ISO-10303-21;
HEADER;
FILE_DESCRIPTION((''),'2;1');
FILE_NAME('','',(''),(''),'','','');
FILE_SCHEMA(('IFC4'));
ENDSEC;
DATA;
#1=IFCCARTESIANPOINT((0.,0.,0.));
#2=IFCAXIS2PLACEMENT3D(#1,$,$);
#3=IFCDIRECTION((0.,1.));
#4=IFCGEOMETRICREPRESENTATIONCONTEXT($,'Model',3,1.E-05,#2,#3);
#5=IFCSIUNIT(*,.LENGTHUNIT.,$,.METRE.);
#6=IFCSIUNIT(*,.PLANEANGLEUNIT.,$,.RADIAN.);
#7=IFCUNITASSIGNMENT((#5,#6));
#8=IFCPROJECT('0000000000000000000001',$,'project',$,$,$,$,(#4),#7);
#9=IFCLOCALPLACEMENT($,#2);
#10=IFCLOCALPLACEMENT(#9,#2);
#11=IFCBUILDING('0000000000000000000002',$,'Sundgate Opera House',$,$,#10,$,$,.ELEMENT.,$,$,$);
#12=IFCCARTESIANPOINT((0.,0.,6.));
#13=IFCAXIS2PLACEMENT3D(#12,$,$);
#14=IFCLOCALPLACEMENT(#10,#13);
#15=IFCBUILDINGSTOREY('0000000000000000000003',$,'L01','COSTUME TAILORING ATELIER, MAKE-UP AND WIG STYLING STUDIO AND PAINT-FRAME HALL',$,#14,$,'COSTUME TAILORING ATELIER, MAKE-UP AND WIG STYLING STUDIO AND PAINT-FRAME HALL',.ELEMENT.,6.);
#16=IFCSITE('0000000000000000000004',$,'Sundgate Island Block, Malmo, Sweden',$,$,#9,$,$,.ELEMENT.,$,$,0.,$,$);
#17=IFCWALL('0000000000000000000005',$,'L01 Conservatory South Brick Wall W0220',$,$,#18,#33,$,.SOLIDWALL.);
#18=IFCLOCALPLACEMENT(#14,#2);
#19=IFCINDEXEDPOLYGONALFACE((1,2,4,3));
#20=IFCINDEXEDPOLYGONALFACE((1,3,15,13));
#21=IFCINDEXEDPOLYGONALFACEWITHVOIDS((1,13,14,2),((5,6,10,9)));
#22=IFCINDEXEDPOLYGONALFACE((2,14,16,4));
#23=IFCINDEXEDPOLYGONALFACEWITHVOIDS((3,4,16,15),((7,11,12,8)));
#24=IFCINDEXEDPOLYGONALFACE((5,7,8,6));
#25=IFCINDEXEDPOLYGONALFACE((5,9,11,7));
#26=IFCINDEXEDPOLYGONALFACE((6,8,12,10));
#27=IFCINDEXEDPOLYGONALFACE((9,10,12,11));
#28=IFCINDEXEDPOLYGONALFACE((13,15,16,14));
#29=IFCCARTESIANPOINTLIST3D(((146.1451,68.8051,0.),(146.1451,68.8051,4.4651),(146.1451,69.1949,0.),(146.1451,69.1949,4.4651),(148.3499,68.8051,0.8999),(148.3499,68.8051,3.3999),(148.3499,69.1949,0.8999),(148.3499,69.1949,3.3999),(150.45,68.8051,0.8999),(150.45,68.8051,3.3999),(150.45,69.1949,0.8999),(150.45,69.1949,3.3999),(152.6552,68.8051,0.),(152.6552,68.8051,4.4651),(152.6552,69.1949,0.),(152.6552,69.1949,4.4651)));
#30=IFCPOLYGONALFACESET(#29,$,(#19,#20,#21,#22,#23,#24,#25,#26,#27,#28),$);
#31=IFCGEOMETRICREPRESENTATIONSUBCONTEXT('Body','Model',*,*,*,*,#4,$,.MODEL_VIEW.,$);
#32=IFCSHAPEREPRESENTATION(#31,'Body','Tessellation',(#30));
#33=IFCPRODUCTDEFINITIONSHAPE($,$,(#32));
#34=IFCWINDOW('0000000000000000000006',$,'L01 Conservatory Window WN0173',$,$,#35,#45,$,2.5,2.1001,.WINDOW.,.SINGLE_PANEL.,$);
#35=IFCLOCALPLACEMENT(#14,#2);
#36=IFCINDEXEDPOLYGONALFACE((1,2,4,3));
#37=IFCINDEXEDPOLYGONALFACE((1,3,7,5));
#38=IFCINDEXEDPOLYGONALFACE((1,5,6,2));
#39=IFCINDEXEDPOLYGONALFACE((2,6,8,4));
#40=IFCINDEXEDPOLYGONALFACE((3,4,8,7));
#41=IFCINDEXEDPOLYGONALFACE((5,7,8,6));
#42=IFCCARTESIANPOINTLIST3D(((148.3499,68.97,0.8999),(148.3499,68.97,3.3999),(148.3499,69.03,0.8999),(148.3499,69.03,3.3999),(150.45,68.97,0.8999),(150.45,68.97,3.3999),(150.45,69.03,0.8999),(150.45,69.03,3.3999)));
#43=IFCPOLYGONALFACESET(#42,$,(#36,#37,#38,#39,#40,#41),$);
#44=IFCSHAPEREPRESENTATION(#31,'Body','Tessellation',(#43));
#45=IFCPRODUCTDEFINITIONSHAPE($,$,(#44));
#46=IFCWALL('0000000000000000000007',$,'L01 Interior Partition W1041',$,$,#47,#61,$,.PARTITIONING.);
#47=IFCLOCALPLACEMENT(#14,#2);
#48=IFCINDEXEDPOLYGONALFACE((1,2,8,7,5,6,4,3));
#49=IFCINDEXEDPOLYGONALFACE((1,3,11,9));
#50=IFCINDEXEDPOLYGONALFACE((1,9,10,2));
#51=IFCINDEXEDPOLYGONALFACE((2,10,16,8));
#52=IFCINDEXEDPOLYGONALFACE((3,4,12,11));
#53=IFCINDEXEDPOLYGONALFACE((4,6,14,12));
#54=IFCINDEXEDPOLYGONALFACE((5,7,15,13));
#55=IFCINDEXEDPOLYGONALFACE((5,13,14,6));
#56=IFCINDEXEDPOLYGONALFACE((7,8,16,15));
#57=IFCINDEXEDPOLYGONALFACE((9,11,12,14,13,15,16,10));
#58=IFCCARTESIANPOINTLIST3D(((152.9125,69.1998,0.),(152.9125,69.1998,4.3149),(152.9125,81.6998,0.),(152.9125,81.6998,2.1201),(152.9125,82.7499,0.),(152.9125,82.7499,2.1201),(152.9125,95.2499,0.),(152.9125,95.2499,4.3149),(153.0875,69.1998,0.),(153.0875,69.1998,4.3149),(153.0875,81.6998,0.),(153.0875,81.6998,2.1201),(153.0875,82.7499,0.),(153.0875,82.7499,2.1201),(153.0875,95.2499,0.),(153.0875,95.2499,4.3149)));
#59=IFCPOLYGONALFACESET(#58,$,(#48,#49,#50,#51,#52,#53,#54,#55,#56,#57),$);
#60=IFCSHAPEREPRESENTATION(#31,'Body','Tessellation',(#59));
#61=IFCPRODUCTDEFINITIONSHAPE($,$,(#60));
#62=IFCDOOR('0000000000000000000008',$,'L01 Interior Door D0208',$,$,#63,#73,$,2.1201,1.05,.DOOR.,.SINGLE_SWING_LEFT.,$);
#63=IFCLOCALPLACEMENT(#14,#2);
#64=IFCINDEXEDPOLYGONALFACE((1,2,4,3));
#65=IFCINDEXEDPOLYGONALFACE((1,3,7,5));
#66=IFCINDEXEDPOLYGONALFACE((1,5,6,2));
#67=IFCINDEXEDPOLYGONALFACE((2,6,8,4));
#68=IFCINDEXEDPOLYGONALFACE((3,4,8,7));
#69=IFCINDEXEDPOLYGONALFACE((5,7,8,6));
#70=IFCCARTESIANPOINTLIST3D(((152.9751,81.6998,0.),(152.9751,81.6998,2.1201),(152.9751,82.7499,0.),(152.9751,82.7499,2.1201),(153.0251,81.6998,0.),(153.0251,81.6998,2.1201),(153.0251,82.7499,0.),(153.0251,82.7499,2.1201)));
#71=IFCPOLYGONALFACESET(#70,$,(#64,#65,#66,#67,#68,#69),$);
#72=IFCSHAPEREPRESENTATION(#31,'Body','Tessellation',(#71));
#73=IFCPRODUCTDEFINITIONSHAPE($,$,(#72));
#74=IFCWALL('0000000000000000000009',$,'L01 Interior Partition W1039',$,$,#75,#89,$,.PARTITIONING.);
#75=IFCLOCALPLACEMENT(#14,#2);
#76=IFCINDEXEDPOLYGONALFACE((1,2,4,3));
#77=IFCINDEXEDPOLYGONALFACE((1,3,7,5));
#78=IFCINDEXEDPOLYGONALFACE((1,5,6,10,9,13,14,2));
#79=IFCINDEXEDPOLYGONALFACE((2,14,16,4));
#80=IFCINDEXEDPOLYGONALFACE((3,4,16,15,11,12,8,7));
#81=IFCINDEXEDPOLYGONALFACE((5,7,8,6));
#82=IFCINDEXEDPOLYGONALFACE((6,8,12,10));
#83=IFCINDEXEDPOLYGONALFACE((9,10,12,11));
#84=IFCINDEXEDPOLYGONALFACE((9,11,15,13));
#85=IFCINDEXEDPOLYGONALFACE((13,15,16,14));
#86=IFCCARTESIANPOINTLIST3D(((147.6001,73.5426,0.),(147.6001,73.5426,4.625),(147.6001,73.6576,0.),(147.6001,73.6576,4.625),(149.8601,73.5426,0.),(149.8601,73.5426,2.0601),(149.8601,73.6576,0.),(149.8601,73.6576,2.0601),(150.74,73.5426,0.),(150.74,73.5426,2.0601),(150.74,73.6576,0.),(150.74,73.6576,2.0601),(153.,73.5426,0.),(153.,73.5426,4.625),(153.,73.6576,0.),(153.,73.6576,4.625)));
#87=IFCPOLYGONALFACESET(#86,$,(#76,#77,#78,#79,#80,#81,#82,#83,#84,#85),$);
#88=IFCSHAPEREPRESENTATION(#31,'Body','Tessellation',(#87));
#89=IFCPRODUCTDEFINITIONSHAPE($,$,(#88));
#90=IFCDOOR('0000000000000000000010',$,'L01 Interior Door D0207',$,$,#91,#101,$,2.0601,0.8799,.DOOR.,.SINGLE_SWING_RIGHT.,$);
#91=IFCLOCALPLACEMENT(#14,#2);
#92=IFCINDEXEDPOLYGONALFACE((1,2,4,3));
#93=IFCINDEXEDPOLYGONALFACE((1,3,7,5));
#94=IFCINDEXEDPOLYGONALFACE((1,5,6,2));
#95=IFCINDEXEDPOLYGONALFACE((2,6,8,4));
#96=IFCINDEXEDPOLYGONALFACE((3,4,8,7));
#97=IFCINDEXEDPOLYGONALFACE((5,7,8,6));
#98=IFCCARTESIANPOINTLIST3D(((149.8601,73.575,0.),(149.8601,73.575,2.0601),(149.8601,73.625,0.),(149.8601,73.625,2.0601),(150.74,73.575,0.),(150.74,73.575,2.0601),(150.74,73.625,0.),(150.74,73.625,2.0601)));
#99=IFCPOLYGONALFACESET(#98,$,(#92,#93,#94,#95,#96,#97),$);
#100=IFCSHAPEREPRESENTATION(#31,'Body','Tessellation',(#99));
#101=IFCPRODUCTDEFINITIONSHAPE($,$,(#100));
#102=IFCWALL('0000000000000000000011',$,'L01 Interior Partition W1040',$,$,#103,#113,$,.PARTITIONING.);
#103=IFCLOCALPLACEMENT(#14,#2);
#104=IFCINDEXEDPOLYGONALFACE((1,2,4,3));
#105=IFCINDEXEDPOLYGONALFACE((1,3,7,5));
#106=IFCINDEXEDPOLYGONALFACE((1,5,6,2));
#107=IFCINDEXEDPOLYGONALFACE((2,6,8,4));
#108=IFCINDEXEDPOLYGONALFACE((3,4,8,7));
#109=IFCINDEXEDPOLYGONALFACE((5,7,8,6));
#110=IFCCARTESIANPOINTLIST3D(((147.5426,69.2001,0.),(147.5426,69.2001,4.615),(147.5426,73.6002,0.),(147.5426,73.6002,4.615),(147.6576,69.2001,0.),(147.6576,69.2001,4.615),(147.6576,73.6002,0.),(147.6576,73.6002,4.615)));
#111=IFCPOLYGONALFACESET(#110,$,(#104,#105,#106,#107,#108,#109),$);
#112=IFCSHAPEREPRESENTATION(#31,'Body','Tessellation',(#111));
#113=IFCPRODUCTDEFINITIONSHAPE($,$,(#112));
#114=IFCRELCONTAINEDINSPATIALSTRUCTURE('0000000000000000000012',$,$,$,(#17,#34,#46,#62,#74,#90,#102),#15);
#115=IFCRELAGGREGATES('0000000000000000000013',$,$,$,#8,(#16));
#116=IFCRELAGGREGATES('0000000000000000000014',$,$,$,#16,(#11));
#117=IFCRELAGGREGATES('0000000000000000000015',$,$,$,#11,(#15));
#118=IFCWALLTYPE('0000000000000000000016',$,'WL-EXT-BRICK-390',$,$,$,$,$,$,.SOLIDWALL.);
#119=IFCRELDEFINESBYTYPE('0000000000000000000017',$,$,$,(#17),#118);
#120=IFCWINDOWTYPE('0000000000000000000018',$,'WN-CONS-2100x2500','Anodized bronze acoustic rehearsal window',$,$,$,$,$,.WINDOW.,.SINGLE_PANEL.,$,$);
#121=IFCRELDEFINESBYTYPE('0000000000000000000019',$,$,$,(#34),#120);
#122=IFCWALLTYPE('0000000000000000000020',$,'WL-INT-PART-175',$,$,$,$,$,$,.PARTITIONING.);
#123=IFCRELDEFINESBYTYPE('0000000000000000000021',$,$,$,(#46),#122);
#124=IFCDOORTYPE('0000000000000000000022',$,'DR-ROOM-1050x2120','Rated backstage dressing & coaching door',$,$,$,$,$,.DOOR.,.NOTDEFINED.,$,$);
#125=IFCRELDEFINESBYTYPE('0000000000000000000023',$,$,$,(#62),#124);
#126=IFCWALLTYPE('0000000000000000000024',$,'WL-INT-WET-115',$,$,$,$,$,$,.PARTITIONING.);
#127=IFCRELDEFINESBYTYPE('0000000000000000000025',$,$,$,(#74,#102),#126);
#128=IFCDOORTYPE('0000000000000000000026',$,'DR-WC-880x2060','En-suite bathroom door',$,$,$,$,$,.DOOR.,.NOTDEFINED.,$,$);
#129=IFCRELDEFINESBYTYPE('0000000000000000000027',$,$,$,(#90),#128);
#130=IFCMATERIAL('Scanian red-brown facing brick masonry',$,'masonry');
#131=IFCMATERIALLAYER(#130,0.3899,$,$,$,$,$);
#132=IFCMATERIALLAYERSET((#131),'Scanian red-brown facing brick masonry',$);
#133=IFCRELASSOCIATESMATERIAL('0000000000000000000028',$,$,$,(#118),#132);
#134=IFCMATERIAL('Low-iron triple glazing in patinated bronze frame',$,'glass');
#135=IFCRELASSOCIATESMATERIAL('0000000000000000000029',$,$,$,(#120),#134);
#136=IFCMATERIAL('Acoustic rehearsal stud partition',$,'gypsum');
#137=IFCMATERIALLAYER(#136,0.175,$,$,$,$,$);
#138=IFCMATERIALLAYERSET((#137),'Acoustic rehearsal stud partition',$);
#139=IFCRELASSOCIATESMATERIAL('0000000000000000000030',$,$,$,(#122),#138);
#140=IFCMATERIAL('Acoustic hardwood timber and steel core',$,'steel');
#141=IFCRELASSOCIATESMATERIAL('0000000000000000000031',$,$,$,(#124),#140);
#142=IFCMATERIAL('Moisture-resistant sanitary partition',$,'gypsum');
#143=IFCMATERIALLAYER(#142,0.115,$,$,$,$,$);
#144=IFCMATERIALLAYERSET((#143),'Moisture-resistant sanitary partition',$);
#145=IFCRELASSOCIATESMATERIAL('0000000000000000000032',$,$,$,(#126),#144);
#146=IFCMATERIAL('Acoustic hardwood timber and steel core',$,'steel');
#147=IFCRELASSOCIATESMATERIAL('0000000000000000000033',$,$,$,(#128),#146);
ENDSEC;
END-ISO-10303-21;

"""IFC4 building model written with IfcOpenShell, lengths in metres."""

from ifc_helpers import new_model, si_unit, direction, frame, frame_2d, origin, place, context, subcontext, project, spatial, rectangle, extrude, material, layer, layer_set, type_object, element, fill, save


model = new_model("IFC4")

# Units and contexts
model_context = context("Model", 3, precision=1e-05, world=origin(), true_north=direction((0.0, 1.0)))
body_context = subcontext(model_context, "Body", "Model", "MODEL_VIEW")
ifc_project = project(units=[si_unit("LENGTHUNIT", "METRE"), si_unit("PLANEANGLEUNIT", "RADIAN")], contexts=[model_context])

# Site, building, storey
site_placement = place(None, origin())
site = spatial("IfcSite", under=ifc_project, at=site_placement, Name="Sundgate Island Block, Malmo, Sweden", CompositionType="ELEMENT", RefElevation=0.0)
building_placement = place(site_placement, origin())
building = spatial("IfcBuilding", under=site, at=building_placement, Name="Sundgate Opera House", CompositionType="ELEMENT")
storey_placement = place(building_placement, frame((0.0, 0.0, 6.0)))
storey = spatial("IfcBuildingStorey", under=building, at=storey_placement, Name="L01", Description="COSTUME TAILORING ATELIER, MAKE-UP AND WIG STYLING STUDIO AND PAINT-FRAME HALL", LongName="COSTUME TAILORING ATELIER, MAKE-UP AND WIG STYLING STUDIO AND PAINT-FRAME HALL", CompositionType="ELEMENT", Elevation=6.0)

# Wall, opening, window
ifc_material_1 = material(Name="Scanian red-brown facing brick masonry", Category="masonry")
ifc_layer_1 = layer(ifc_material_1, 0.3899)
ifc_layer_set_1 = layer_set([ifc_layer_1], Name="Scanian red-brown facing brick masonry")
wall_type_1 = type_object("IfcWallType", Name="WL-EXT-BRICK-390", PredefinedType="SOLIDWALL", material=ifc_layer_set_1)
wall_1_placement = place(storey_placement, frame((152.655, 69.0, 0.0), z_axis=(0.0, 0.0, 1.0), x_axis=(-1.0, 0.0, 0.0)))
wall_1 = element("IfcWall", 1, at=wall_1_placement, inside=storey, type_object=wall_type_1, Name="L01 Conservatory South Brick Wall W0220", PredefinedType="SOLIDWALL", context=body_context, shape_type="SweptSolid", body=[
    extrude(rectangle(XDim=6.51, YDim=0.3899, at=frame_2d((3.2549, 0.0))), origin(), (0.0, 0.0, 1.0), 4.4651),
])
opening_1_placement = place(wall_1_placement, frame((2.2051, 0.0, 0.8999)))
opening_1 = element("IfcOpeningElement", 2, at=opening_1_placement, cuts=wall_1, PredefinedType="OPENING", context=body_context, shape_type="SweptSolid", body=[
    extrude(rectangle(XDim=2.1001, YDim=2.5, at=frame_2d((1.05, 1.25))), frame((0.0, 0.2048, 0.0), z_axis=(0.0, -1.0, 0.0), x_axis=(1.0, 0.0, 0.0)), (0.0, 0.0, 1.0), 0.4099),
])
ifc_material_2 = material(Name="Low-iron triple glazing in patinated bronze frame", Category="glass")
window_type = type_object("IfcWindowType", Name="WN-CONS-2100x2500", Description="Anodized bronze acoustic rehearsal window", PartitioningType="SINGLE_PANEL", PredefinedType="WINDOW", material=ifc_material_2)
window_placement = place(opening_1_placement, origin())
window = element("IfcWindow", 3, at=window_placement, inside=storey, type_object=window_type, Name="L01 Conservatory Window WN0173", OverallHeight=2.5, OverallWidth=2.1001, PartitioningType="SINGLE_PANEL", PredefinedType="WINDOW", context=body_context, shape_type="SweptSolid", body=[
    extrude(rectangle(XDim=2.1001, YDim=2.5, at=frame_2d((1.05, 1.25))), frame((0.0, 0.03, 0.0), z_axis=(0.0, -1.0, 0.0), x_axis=(1.0, 0.0, 0.0)), (0.0, 0.0, 1.0), 0.0601),
])
fill(opening_1, window)

# Walls, openings, doors
ifc_material_3 = material(Name="Acoustic rehearsal stud partition", Category="gypsum")
ifc_layer_2 = layer(ifc_material_3, 0.175)
ifc_layer_set_2 = layer_set([ifc_layer_2], Name="Acoustic rehearsal stud partition")
wall_type_2 = type_object("IfcWallType", Name="WL-INT-PART-175", PredefinedType="PARTITIONING", material=ifc_layer_set_2)
wall_2_placement = place(storey_placement, frame((153.0, 69.2, 0.0), z_axis=(0.0, 0.0, 1.0), x_axis=(0.0, 1.0, 0.0)))
wall_2 = element("IfcWall", 4, at=wall_2_placement, inside=storey, type_object=wall_type_2, Name="L01 Interior Partition W1041", PredefinedType="PARTITIONING", context=body_context, shape_type="SweptSolid", body=[
    extrude(rectangle(XDim=26.05, YDim=0.175, at=frame_2d((13.0249, 0.0))), origin(), (0.0, 0.0, 1.0), 4.3149),
])
opening_2_placement = place(wall_2_placement, frame((12.5, 0.0, 0.0)))
opening_2 = element("IfcOpeningElement", 5, at=opening_2_placement, cuts=wall_2, PredefinedType="OPENING", context=body_context, shape_type="SweptSolid", body=[
    extrude(rectangle(XDim=1.05, YDim=2.1201, at=frame_2d((0.5249, 1.0601))), frame((0.0, 0.0974, 0.0), z_axis=(0.0, -1.0, 0.0), x_axis=(1.0, 0.0, 0.0)), (0.0, 0.0, 1.0), 0.1951),
])
ifc_material_4 = material(Name="Acoustic hardwood timber and steel core", Category="steel")
door_type_1 = type_object("IfcDoorType", Name="DR-ROOM-1050x2120", Description="Rated backstage dressing & coaching door", OperationType="NOTDEFINED", PredefinedType="DOOR", material=ifc_material_4)
door_1_placement = place(opening_2_placement, origin())
door_1 = element("IfcDoor", 6, at=door_1_placement, inside=storey, type_object=door_type_1, Name="L01 Interior Door D0208", OperationType="SINGLE_SWING_LEFT", OverallHeight=2.1201, OverallWidth=1.05, PredefinedType="DOOR", context=body_context, shape_type="SweptSolid", body=[
    extrude(rectangle(XDim=1.05, YDim=2.1201, at=frame_2d((0.5249, 1.0601))), frame((0.0, 0.0249, 0.0), z_axis=(0.0, -1.0, 0.0), x_axis=(1.0, 0.0, 0.0)), (0.0, 0.0, 1.0), 0.05),
])
fill(opening_2, door_1)
ifc_material_5 = material(Name="Moisture-resistant sanitary partition", Category="gypsum")
ifc_layer_3 = layer(ifc_material_5, 0.115)
ifc_layer_set_3 = layer_set([ifc_layer_3], Name="Moisture-resistant sanitary partition")
wall_type_3 = type_object("IfcWallType", Name="WL-INT-WET-115", PredefinedType="PARTITIONING", material=ifc_layer_set_3)
wall_3_placement = place(storey_placement, frame((147.6001, 73.6001, 0.0), z_axis=(0.0, 0.0, 1.0), x_axis=(1.0, 0.0, 0.0)))
wall_3 = element("IfcWall", 7, at=wall_3_placement, inside=storey, type_object=wall_type_3, Name="L01 Interior Partition W1039", PredefinedType="PARTITIONING", context=body_context, shape_type="SweptSolid", body=[
    extrude(rectangle(XDim=5.3999, YDim=0.115, at=frame_2d((2.7, 0.0))), origin(), (0.0, 0.0, 1.0), 4.625),
])
opening_3_placement = place(wall_3_placement, frame((2.26, 0.0, 0.0)))
opening_3 = element("IfcOpeningElement", 8, at=opening_3_placement, cuts=wall_3, PredefinedType="OPENING", context=body_context, shape_type="SweptSolid", body=[
    extrude(rectangle(XDim=0.8799, YDim=2.0601, at=frame_2d((0.4399, 1.03))), frame((0.0, 0.0674, 0.0), z_axis=(0.0, -1.0, 0.0), x_axis=(1.0, 0.0, 0.0)), (0.0, 0.0, 1.0), 0.135),
])
ifc_material_6 = material(Name="Acoustic hardwood timber and steel core", Category="steel")
door_type_2 = type_object("IfcDoorType", Name="DR-WC-880x2060", Description="En-suite bathroom door", OperationType="NOTDEFINED", PredefinedType="DOOR", material=ifc_material_6)
door_2_placement = place(opening_3_placement, origin())
door_2 = element("IfcDoor", 9, at=door_2_placement, inside=storey, type_object=door_type_2, Name="L01 Interior Door D0207", OperationType="SINGLE_SWING_RIGHT", OverallHeight=2.0601, OverallWidth=0.8799, PredefinedType="DOOR", context=body_context, shape_type="SweptSolid", body=[
    extrude(rectangle(XDim=0.8799, YDim=2.0601, at=frame_2d((0.4399, 1.03))), frame((0.0, 0.0249, 0.0), z_axis=(0.0, -1.0, 0.0), x_axis=(1.0, 0.0, 0.0)), (0.0, 0.0, 1.0), 0.05),
])
fill(opening_3, door_2)

# Wall
wall_4_placement = place(storey_placement, frame((147.6001, 69.2, 0.0), z_axis=(0.0, 0.0, 1.0), x_axis=(0.0, 1.0, 0.0)))
element("IfcWall", 10, at=wall_4_placement, inside=storey, type_object=wall_type_3, Name="L01 Interior Partition W1040", PredefinedType="PARTITIONING", context=body_context, shape_type="SweptSolid", body=[
    extrude(rectangle(XDim=4.4001, YDim=0.115, at=frame_2d((2.2002, 0.0))), origin(), (0.0, 0.0, 1.0), 4.615),
])

save(model, "model.ifc")
